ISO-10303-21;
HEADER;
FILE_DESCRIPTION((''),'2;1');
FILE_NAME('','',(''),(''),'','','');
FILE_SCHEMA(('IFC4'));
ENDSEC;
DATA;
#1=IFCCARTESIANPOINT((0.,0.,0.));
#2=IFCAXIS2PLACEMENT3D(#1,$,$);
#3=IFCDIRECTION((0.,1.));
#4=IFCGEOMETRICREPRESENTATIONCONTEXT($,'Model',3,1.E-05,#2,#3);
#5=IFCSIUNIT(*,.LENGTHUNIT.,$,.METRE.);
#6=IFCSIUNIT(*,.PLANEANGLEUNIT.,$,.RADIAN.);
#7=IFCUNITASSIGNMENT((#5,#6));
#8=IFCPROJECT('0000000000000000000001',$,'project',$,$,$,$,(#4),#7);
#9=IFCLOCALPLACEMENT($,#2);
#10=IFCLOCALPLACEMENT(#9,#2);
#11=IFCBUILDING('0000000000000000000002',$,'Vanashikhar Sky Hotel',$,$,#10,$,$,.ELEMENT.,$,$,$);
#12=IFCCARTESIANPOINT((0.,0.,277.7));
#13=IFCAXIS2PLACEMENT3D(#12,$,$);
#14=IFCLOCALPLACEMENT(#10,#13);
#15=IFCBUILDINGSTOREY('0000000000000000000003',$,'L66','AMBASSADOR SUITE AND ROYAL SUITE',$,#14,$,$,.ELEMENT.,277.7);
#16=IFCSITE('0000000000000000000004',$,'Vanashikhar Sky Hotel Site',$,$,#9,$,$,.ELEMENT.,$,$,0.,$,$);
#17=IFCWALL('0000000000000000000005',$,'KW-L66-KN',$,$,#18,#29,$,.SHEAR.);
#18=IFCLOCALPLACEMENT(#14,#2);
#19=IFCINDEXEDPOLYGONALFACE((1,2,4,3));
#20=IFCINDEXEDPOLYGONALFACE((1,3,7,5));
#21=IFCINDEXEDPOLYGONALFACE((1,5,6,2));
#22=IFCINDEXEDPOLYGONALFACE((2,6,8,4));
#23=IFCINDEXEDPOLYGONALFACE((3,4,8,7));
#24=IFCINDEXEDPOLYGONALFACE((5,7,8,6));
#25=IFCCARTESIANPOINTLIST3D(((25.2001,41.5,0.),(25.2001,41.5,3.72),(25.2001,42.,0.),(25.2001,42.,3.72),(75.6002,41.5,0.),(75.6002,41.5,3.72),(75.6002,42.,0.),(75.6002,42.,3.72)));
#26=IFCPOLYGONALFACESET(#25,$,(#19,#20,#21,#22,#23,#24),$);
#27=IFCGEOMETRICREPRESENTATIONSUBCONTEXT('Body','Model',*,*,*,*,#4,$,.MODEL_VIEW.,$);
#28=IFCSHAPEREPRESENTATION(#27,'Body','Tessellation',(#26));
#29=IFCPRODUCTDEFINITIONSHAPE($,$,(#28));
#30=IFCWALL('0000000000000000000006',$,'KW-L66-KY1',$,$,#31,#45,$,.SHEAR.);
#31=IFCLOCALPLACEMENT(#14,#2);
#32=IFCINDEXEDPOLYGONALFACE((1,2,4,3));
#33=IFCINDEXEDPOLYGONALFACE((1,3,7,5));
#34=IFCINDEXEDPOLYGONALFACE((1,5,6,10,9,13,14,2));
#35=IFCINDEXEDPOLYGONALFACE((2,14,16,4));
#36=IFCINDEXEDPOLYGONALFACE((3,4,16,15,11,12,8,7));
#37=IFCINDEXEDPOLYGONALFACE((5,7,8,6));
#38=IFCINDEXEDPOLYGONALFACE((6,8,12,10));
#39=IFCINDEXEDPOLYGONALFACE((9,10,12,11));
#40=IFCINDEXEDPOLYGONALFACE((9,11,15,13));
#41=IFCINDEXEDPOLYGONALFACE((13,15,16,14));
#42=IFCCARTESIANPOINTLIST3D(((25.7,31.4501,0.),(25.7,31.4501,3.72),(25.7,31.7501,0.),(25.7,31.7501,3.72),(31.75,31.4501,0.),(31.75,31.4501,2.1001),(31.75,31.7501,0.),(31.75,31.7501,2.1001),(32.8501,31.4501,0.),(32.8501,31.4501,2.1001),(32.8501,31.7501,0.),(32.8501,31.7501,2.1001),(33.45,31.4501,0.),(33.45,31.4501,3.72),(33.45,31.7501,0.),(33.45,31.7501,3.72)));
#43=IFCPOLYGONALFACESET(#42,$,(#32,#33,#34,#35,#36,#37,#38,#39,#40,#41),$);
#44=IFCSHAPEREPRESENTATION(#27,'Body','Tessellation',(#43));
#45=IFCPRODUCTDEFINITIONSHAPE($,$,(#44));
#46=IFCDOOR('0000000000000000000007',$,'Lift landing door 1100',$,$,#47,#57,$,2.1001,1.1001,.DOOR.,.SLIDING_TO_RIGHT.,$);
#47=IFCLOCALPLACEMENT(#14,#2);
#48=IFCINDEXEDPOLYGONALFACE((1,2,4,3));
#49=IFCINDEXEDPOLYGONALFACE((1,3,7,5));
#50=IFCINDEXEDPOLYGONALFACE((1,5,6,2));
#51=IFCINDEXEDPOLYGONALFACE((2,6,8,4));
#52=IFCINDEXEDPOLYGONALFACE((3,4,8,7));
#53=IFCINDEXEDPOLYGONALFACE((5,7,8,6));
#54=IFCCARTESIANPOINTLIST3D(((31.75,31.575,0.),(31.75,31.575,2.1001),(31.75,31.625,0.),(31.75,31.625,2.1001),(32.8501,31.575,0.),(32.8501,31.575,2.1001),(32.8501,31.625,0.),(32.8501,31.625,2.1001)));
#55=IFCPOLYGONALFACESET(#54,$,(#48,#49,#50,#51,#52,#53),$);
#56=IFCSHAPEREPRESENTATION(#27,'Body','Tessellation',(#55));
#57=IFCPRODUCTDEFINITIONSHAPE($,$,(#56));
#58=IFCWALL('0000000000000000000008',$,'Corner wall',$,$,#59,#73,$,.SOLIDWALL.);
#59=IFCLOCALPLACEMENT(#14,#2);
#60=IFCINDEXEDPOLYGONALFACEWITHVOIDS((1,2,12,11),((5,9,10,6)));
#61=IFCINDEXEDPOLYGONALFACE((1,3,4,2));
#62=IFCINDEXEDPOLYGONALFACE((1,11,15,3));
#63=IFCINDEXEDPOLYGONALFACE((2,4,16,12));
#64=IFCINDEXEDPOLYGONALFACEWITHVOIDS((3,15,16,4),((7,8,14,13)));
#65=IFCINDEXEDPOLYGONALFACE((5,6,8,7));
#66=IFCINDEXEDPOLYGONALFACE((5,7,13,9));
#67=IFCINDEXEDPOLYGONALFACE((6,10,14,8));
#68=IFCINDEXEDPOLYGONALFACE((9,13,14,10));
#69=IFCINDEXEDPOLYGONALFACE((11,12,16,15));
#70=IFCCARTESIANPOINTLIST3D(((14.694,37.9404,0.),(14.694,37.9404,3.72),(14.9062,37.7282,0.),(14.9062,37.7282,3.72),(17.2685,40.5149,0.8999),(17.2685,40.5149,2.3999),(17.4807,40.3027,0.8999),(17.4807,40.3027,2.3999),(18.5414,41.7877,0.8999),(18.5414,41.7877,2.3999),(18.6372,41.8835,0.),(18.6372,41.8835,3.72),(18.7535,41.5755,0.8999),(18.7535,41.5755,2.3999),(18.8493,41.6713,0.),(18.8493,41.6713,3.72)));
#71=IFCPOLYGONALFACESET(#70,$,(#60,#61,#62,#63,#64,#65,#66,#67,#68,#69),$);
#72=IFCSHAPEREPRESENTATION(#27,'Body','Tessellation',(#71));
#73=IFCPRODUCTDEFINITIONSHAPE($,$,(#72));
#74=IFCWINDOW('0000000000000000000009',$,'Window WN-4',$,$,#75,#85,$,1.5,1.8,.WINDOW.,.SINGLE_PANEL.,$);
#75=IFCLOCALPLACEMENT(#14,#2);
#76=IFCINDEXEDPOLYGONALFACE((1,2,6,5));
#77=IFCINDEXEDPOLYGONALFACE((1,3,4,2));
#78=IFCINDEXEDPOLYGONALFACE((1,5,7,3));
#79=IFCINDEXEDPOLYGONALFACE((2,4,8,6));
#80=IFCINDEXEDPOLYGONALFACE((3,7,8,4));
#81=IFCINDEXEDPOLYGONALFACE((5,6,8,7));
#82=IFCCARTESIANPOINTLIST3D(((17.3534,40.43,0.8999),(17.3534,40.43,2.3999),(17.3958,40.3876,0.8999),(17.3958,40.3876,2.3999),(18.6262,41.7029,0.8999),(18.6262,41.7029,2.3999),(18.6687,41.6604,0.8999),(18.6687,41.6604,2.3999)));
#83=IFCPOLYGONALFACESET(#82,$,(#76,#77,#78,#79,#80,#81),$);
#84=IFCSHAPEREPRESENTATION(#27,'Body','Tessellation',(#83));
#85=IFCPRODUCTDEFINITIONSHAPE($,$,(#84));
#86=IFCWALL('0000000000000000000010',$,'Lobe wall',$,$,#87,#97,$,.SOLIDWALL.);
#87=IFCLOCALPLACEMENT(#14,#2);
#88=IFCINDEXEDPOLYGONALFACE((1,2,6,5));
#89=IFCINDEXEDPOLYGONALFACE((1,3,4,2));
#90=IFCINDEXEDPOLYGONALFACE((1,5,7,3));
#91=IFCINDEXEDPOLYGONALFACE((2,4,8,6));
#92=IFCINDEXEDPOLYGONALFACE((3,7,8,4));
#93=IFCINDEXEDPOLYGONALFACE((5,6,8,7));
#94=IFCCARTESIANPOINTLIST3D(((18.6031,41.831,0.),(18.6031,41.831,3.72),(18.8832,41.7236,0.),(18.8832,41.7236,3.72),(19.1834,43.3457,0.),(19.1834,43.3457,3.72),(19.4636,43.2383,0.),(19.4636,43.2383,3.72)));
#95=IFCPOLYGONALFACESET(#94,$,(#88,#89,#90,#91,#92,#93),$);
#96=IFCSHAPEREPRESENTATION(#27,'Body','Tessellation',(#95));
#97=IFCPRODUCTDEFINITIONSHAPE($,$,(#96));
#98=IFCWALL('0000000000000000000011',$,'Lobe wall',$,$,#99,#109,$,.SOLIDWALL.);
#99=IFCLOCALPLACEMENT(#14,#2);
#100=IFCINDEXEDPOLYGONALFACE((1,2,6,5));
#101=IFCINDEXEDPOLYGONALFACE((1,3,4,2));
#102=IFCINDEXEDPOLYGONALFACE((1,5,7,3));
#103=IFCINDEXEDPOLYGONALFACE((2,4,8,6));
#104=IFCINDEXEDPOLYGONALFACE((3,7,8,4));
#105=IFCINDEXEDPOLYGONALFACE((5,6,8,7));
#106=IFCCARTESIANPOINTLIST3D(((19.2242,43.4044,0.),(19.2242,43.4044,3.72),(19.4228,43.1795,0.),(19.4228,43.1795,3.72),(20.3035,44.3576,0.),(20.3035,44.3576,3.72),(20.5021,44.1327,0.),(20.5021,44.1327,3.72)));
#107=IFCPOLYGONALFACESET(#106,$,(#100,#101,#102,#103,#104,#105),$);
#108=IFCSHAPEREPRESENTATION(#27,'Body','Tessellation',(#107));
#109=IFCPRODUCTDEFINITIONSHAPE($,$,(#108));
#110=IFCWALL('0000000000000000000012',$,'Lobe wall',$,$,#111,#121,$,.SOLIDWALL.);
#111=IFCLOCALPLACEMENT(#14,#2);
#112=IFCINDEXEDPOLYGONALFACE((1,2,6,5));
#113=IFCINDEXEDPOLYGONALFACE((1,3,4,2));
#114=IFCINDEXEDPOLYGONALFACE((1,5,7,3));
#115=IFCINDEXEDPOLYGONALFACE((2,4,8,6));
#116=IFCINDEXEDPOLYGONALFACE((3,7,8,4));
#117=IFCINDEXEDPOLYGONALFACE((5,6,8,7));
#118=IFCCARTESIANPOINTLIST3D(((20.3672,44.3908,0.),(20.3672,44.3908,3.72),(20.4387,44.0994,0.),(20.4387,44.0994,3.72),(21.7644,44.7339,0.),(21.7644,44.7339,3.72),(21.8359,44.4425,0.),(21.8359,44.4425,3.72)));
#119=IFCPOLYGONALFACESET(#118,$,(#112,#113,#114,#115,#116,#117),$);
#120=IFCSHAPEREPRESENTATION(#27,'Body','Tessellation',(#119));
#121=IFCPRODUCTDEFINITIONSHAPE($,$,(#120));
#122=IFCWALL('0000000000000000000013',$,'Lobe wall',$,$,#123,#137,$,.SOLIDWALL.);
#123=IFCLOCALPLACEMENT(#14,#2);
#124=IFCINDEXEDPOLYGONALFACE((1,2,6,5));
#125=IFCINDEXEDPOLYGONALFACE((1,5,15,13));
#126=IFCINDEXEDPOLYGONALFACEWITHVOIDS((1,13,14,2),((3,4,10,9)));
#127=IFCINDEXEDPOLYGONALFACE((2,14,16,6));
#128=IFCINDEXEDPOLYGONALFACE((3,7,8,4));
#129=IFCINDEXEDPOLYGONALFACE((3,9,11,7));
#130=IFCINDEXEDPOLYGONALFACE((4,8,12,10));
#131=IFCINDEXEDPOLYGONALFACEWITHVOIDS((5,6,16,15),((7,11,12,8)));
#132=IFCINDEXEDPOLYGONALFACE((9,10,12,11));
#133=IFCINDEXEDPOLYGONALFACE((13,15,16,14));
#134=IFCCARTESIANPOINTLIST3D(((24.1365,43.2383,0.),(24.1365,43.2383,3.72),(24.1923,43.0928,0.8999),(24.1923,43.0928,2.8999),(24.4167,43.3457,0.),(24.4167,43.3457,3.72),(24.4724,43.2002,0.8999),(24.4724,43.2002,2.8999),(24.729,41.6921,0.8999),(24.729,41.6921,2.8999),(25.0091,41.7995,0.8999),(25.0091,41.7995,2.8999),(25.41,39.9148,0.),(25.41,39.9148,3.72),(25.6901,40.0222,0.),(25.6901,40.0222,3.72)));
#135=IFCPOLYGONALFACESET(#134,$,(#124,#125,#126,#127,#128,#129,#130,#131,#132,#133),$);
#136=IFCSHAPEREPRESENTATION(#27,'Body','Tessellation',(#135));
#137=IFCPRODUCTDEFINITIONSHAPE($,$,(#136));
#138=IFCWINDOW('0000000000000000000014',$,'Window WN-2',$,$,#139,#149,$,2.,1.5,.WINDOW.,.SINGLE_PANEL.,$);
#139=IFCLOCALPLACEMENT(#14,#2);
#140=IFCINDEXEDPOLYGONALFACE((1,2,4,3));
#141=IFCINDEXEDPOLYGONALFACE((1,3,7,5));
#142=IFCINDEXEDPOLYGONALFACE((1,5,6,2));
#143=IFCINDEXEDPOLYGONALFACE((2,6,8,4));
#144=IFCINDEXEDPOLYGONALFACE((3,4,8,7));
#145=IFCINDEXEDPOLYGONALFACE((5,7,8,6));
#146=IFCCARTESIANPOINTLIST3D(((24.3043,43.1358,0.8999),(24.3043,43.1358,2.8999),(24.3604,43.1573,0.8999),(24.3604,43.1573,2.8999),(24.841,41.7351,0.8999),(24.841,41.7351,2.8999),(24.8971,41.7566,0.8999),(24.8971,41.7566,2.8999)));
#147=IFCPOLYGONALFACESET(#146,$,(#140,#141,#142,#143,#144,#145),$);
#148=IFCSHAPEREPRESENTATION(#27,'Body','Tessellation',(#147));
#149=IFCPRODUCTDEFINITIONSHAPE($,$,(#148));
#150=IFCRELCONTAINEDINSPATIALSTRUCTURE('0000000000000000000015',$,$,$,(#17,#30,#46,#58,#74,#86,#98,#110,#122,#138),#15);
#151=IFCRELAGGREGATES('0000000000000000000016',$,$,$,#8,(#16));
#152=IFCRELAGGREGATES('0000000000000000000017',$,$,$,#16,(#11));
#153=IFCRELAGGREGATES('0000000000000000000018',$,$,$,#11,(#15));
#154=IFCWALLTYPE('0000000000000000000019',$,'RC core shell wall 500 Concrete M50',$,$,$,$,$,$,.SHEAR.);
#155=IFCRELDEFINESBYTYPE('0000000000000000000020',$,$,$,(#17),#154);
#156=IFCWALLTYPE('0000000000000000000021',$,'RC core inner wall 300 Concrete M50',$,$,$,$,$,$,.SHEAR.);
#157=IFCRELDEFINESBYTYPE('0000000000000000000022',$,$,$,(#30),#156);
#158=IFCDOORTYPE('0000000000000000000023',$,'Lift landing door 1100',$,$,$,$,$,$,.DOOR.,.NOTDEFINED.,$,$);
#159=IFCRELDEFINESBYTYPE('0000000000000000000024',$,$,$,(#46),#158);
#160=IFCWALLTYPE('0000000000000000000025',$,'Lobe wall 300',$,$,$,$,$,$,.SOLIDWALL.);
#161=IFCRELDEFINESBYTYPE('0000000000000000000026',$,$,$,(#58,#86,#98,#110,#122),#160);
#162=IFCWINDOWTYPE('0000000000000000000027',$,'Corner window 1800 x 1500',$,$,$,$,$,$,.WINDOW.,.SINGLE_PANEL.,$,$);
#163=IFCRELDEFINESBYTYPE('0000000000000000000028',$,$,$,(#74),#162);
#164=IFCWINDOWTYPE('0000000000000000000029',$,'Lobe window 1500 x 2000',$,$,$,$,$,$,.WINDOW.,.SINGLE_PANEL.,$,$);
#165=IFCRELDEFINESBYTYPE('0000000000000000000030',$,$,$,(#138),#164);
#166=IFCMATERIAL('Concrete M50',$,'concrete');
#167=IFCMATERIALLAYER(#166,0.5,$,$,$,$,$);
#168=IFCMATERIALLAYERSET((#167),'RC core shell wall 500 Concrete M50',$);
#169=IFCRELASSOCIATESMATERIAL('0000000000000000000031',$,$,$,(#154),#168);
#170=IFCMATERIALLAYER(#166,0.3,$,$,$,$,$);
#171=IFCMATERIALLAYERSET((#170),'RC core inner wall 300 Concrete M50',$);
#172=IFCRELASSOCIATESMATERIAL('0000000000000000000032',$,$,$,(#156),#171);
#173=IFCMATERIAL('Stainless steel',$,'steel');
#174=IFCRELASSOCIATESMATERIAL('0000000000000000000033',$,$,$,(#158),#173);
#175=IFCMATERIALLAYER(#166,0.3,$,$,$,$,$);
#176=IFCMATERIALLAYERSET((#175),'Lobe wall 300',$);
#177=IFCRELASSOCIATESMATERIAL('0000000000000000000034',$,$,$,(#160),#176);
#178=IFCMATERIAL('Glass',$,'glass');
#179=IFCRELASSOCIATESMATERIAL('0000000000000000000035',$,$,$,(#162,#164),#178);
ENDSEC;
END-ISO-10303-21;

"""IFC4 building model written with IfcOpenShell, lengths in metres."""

from ifc_helpers import new_model, si_unit, direction, frame, frame_2d, origin, place, context, subcontext, project, spatial, rectangle, extrude, source, transform, mapped, material, layer, layer_set, type_object, element, fill, save


model = new_model("IFC4")

# Units and contexts
model_context = context("Model", 3, precision=1e-05, world=origin(), true_north=direction((0.0, 1.0)))
body_context = subcontext(model_context, "Body", "Model", "MODEL_VIEW")
ifc_project = project(units=[si_unit("LENGTHUNIT", "METRE"), si_unit("PLANEANGLEUNIT", "RADIAN")], contexts=[model_context])

# Site, building, storey
site_placement = place(None, origin())
site = spatial("IfcSite", under=ifc_project, at=site_placement, Name="Vanashikhar Sky Hotel Site", CompositionType="ELEMENT", RefElevation=0.0)
building_placement = place(site_placement, origin())
building = spatial("IfcBuilding", under=site, at=building_placement, Name="Vanashikhar Sky Hotel", CompositionType="ELEMENT")
storey_placement = place(building_placement, frame((0.0, 0.0, 277.7)))
storey = spatial("IfcBuildingStorey", under=building, at=storey_placement, Name="L66", Description="AMBASSADOR SUITE AND ROYAL SUITE", CompositionType="ELEMENT", Elevation=277.7)

# Wall
ifc_material_1 = material(Name="Concrete M50", Category="concrete")
ifc_layer_1 = layer(ifc_material_1, 0.5)
ifc_layer_set_1 = layer_set([ifc_layer_1], Name="RC core shell wall 500 Concrete M50")
wall_type_1 = type_object("IfcWallType", Name="RC core shell wall 500 Concrete M50", PredefinedType="SHEAR", material=ifc_layer_set_1)
shared_shape_1 = source(origin(), body_context, "Body", "SweptSolid", [
    extrude(rectangle(XDim=50.4001, YDim=0.5, at=frame_2d((25.2002, 0.0))), origin(), (0.0, 0.0, 1.0), 3.72),
])
wall_1_placement = place(storey_placement, frame((25.2, 41.75, 0.0), z_axis=(0.0, 0.0, 1.0), x_axis=(1.0, 0.0, 0.0)))
element("IfcWall", 1, at=wall_1_placement, inside=storey, type_object=wall_type_1, Name="KW-L66-KN", PredefinedType="SHEAR", context=body_context, shape_type="MappedRepresentation", body=[
    mapped(shared_shape_1, transform((0.0, 0.0, 0.0), scale=1.0)),
])

# Wall, opening, door
ifc_layer_2 = layer(ifc_material_1, 0.3)
ifc_layer_set_2 = layer_set([ifc_layer_2], Name="RC core inner wall 300 Concrete M50")
wall_type_2 = type_object("IfcWallType", Name="RC core inner wall 300 Concrete M50", PredefinedType="SHEAR", material=ifc_layer_set_2)
shared_shape_2 = source(origin(), body_context, "Body", "SweptSolid", [
    extrude(rectangle(XDim=7.75, YDim=0.3, at=frame_2d((3.875, 0.0))), origin(), (0.0, 0.0, 1.0), 3.72),
])
wall_2_placement = place(storey_placement, frame((25.7, 31.6001, 0.0), z_axis=(0.0, 0.0, 1.0), x_axis=(1.0, 0.0, 0.0)))
wall_2 = element("IfcWall", 2, at=wall_2_placement, inside=storey, type_object=wall_type_2, Name="KW-L66-KY1", PredefinedType="SHEAR", context=body_context, shape_type="MappedRepresentation", body=[
    mapped(shared_shape_2, transform((0.0, 0.0, 0.0), scale=1.0)),
])
shared_shape_3 = source(origin(), body_context, "Body", "SweptSolid", [
    extrude(rectangle(XDim=1.1001, YDim=2.1001, at=frame_2d((0.55, 1.05))), frame((0.0, 0.1602, 0.0), z_axis=(0.0, -1.0, 0.0), x_axis=(1.0, 0.0, 0.0)), (0.0, 0.0, 1.0), 0.3201),
])
opening_1_placement = place(wall_2_placement, frame((6.05, 0.0, 0.0)))
opening_1 = element("IfcOpeningElement", 3, at=opening_1_placement, cuts=wall_2, PredefinedType="OPENING", context=body_context, shape_type="MappedRepresentation", body=[
    mapped(shared_shape_3, transform((0.0, 0.0, 0.0), scale=1.0)),
])
ifc_material_2 = material(Name="Stainless steel", Category="steel")
door_type = type_object("IfcDoorType", Name="Lift landing door 1100", OperationType="NOTDEFINED", PredefinedType="DOOR", material=ifc_material_2)
shared_shape_4 = source(origin(), body_context, "Body", "SweptSolid", [
    extrude(rectangle(XDim=1.1001, YDim=2.1001, at=frame_2d((0.55, 1.05))), frame((0.0, 0.0249, 0.0), z_axis=(0.0, -1.0, 0.0), x_axis=(1.0, 0.0, 0.0)), (0.0, 0.0, 1.0), 0.05),
])
door_placement = place(opening_1_placement, origin())
door = element("IfcDoor", 4, at=door_placement, inside=storey, type_object=door_type, Name="Lift landing door 1100", OperationType="SLIDING_TO_RIGHT", OverallHeight=2.1001, OverallWidth=1.1001, PredefinedType="DOOR", context=body_context, shape_type="MappedRepresentation", body=[
    mapped(shared_shape_4, transform((0.0, 0.0, 0.0), scale=1.0)),
])
fill(opening_1, door)

# Wall, opening, window
ifc_layer_3 = layer(ifc_material_1, 0.3)
ifc_layer_set_3 = layer_set([ifc_layer_3], Name="Lobe wall 300")
wall_type_3 = type_object("IfcWallType", Name="Lobe wall 300", PredefinedType="SOLIDWALL", material=ifc_layer_set_3)
shared_shape_5 = source(origin(), body_context, "Body", "SweptSolid", [
    extrude(rectangle(XDim=5.5764, YDim=0.3, at=frame_2d((2.7881, 0.0))), origin(), (0.0, 0.0, 1.0), 3.72),
])
wall_3_placement = place(storey_placement, frame((18.7432, 41.7773, 0.0), z_axis=(0.0, 0.0, 1.0), x_axis=(-0.707107, -0.707107, 0.0)))
wall_3 = element("IfcWall", 5, at=wall_3_placement, inside=storey, type_object=wall_type_3, Name="Corner wall", PredefinedType="SOLIDWALL", context=body_context, shape_type="MappedRepresentation", body=[
    mapped(shared_shape_5, transform((0.0, 0.0, 0.0), scale=1.0)),
])
shared_shape_6 = source(origin(), body_context, "Body", "SweptSolid", [
    extrude(rectangle(XDim=1.8, YDim=1.5, at=frame_2d((0.8999, 0.75))), frame((0.0, 0.1602, 0.0), z_axis=(0.0, -1.0, 0.0), x_axis=(1.0, 0.0, 0.0)), (0.0, 0.0, 1.0), 0.3201),
])
opening_2_placement = place(wall_3_placement, frame((0.1355, 0.0, 0.8999)))
opening_2 = element("IfcOpeningElement", 6, at=opening_2_placement, cuts=wall_3, PredefinedType="OPENING", context=body_context, shape_type="MappedRepresentation", body=[
    mapped(shared_shape_6, transform((0.0, 0.0, 0.0), scale=1.0)),
])
ifc_material_3 = material(Name="Glass", Category="glass")
window_type_1 = type_object("IfcWindowType", Name="Corner window 1800 x 1500", PartitioningType="SINGLE_PANEL", PredefinedType="WINDOW", material=ifc_material_3)
shared_shape_7 = source(origin(), body_context, "Body", "SweptSolid", [
    extrude(rectangle(XDim=1.8, YDim=1.5, at=frame_2d((0.8999, 0.75))), frame((0.0, 0.03, 0.0), z_axis=(0.0, -1.0, 0.0), x_axis=(1.0, 0.0, 0.0)), (0.0, 0.0, 1.0), 0.0601),
])
window_1_placement = place(opening_2_placement, origin())
window_1 = element("IfcWindow", 7, at=window_1_placement, inside=storey, type_object=window_type_1, Name="Window WN-4", OverallHeight=1.5, OverallWidth=1.8, PartitioningType="SINGLE_PANEL", PredefinedType="WINDOW", context=body_context, shape_type="MappedRepresentation", body=[
    mapped(shared_shape_7, transform((0.0, 0.0, 0.0), scale=1.0)),
])
fill(opening_2, window_1)

# Walls
shared_shape_8 = source(origin(), body_context, "Body", "SweptSolid", [
    extrude(rectangle(XDim=1.6221, YDim=0.3, at=frame_2d((0.811, 0.0))), origin(), (0.0, 0.0, 1.0), 3.72),
])
wall_4_placement = place(storey_placement, frame((19.3235, 43.292, 0.0), z_axis=(0.0, 0.0, 1.0), x_axis=(-0.357779, -0.933806, 0.0)))
element("IfcWall", 8, at=wall_4_placement, inside=storey, type_object=wall_type_3, Name="Lobe wall", PredefinedType="SOLIDWALL", context=body_context, shape_type="MappedRepresentation", body=[
    mapped(shared_shape_8, transform((0.0, 0.0, 0.0), scale=1.0)),
])
shared_shape_9 = source(origin(), body_context, "Body", "SweptSolid", [
    extrude(rectangle(XDim=1.4399, YDim=0.3, at=frame_2d((0.72, 0.0))), origin(), (0.0, 0.0, 1.0), 3.72),
])
wall_5_placement = place(storey_placement, frame((20.4028, 44.2451, 0.0), z_axis=(0.0, 0.0, 1.0), x_axis=(-0.749576, -0.661919, 0.0)))
element("IfcWall", 9, at=wall_5_placement, inside=storey, type_object=wall_type_3, Name="Lobe wall", PredefinedType="SOLIDWALL", context=body_context, shape_type="MappedRepresentation", body=[
    mapped(shared_shape_9, transform((0.0, 0.0, 0.0), scale=1.0)),
])
shared_shape_10 = source(origin(), body_context, "Body", "SweptSolid", [
    extrude(rectangle(XDim=1.4387, YDim=0.3, at=frame_2d((0.7192, 0.0))), origin(), (0.0, 0.0, 1.0), 3.72),
])
wall_6_placement = place(storey_placement, frame((21.8, 44.5881, 0.0), z_axis=(0.0, 0.0, 1.0), x_axis=(-0.971162, -0.238421, 0.0)))
element("IfcWall", 10, at=wall_6_placement, inside=storey, type_object=wall_type_3, Name="Lobe wall", PredefinedType="SOLIDWALL", context=body_context, shape_type="MappedRepresentation", body=[
    mapped(shared_shape_10, transform((0.0, 0.0, 0.0), scale=1.0)),
])

# Wall, opening, window
shared_shape_11 = source(origin(), body_context, "Body", "SweptSolid", [
    extrude(rectangle(XDim=3.5591, YDim=0.3, at=frame_2d((1.7795, 0.0))), origin(), (0.0, 0.0, 1.0), 3.72),
])
wall_7_placement = place(storey_placement, frame((25.55, 39.9685, 0.0), z_axis=(0.0, 0.0, 1.0), x_axis=(-0.357797, 0.933799, 0.0)))
wall_7 = element("IfcWall", 11, at=wall_7_placement, inside=storey, type_object=wall_type_3, Name="Lobe wall", PredefinedType="SOLIDWALL", context=body_context, shape_type="MappedRepresentation", body=[
    mapped(shared_shape_11, transform((0.0, 0.0, 0.0), scale=1.0)),
])
shared_shape_12 = source(origin(), body_context, "Body", "SweptSolid", [
    extrude(rectangle(XDim=1.5, YDim=2.0, at=frame_2d((0.75, 1.0))), frame((0.0, 0.1602, 0.0), z_axis=(0.0, -1.0, 0.0), x_axis=(1.0, 0.0, 0.0)), (0.0, 0.0, 1.0), 0.3201),
])
opening_3_placement = place(wall_7_placement, frame((1.9033, 0.0, 0.8999)))
opening_3 = element("IfcOpeningElement", 12, at=opening_3_placement, cuts=wall_7, PredefinedType="OPENING", context=body_context, shape_type="MappedRepresentation", body=[
    mapped(shared_shape_12, transform((0.0, 0.0, 0.0), scale=1.0)),
])
window_type_2 = type_object("IfcWindowType", Name="Lobe window 1500 x 2000", PartitioningType="SINGLE_PANEL", PredefinedType="WINDOW", material=ifc_material_3)
shared_shape_13 = source(origin(), body_context, "Body", "SweptSolid", [
    extrude(rectangle(XDim=1.5, YDim=2.0, at=frame_2d((0.75, 1.0))), frame((0.0, 0.03, 0.0), z_axis=(0.0, -1.0, 0.0), x_axis=(1.0, 0.0, 0.0)), (0.0, 0.0, 1.0), 0.0601),
])
window_2_placement = place(opening_3_placement, origin())
window_2 = element("IfcWindow", 13, at=window_2_placement, inside=storey, type_object=window_type_2, Name="Window WN-2", OverallHeight=2.0, OverallWidth=1.5, PartitioningType="SINGLE_PANEL", PredefinedType="WINDOW", context=body_context, shape_type="MappedRepresentation", body=[
    mapped(shared_shape_13, transform((0.0, 0.0, 0.0), scale=1.0)),
])
fill(opening_3, window_2)

save(model, "model.ifc")
